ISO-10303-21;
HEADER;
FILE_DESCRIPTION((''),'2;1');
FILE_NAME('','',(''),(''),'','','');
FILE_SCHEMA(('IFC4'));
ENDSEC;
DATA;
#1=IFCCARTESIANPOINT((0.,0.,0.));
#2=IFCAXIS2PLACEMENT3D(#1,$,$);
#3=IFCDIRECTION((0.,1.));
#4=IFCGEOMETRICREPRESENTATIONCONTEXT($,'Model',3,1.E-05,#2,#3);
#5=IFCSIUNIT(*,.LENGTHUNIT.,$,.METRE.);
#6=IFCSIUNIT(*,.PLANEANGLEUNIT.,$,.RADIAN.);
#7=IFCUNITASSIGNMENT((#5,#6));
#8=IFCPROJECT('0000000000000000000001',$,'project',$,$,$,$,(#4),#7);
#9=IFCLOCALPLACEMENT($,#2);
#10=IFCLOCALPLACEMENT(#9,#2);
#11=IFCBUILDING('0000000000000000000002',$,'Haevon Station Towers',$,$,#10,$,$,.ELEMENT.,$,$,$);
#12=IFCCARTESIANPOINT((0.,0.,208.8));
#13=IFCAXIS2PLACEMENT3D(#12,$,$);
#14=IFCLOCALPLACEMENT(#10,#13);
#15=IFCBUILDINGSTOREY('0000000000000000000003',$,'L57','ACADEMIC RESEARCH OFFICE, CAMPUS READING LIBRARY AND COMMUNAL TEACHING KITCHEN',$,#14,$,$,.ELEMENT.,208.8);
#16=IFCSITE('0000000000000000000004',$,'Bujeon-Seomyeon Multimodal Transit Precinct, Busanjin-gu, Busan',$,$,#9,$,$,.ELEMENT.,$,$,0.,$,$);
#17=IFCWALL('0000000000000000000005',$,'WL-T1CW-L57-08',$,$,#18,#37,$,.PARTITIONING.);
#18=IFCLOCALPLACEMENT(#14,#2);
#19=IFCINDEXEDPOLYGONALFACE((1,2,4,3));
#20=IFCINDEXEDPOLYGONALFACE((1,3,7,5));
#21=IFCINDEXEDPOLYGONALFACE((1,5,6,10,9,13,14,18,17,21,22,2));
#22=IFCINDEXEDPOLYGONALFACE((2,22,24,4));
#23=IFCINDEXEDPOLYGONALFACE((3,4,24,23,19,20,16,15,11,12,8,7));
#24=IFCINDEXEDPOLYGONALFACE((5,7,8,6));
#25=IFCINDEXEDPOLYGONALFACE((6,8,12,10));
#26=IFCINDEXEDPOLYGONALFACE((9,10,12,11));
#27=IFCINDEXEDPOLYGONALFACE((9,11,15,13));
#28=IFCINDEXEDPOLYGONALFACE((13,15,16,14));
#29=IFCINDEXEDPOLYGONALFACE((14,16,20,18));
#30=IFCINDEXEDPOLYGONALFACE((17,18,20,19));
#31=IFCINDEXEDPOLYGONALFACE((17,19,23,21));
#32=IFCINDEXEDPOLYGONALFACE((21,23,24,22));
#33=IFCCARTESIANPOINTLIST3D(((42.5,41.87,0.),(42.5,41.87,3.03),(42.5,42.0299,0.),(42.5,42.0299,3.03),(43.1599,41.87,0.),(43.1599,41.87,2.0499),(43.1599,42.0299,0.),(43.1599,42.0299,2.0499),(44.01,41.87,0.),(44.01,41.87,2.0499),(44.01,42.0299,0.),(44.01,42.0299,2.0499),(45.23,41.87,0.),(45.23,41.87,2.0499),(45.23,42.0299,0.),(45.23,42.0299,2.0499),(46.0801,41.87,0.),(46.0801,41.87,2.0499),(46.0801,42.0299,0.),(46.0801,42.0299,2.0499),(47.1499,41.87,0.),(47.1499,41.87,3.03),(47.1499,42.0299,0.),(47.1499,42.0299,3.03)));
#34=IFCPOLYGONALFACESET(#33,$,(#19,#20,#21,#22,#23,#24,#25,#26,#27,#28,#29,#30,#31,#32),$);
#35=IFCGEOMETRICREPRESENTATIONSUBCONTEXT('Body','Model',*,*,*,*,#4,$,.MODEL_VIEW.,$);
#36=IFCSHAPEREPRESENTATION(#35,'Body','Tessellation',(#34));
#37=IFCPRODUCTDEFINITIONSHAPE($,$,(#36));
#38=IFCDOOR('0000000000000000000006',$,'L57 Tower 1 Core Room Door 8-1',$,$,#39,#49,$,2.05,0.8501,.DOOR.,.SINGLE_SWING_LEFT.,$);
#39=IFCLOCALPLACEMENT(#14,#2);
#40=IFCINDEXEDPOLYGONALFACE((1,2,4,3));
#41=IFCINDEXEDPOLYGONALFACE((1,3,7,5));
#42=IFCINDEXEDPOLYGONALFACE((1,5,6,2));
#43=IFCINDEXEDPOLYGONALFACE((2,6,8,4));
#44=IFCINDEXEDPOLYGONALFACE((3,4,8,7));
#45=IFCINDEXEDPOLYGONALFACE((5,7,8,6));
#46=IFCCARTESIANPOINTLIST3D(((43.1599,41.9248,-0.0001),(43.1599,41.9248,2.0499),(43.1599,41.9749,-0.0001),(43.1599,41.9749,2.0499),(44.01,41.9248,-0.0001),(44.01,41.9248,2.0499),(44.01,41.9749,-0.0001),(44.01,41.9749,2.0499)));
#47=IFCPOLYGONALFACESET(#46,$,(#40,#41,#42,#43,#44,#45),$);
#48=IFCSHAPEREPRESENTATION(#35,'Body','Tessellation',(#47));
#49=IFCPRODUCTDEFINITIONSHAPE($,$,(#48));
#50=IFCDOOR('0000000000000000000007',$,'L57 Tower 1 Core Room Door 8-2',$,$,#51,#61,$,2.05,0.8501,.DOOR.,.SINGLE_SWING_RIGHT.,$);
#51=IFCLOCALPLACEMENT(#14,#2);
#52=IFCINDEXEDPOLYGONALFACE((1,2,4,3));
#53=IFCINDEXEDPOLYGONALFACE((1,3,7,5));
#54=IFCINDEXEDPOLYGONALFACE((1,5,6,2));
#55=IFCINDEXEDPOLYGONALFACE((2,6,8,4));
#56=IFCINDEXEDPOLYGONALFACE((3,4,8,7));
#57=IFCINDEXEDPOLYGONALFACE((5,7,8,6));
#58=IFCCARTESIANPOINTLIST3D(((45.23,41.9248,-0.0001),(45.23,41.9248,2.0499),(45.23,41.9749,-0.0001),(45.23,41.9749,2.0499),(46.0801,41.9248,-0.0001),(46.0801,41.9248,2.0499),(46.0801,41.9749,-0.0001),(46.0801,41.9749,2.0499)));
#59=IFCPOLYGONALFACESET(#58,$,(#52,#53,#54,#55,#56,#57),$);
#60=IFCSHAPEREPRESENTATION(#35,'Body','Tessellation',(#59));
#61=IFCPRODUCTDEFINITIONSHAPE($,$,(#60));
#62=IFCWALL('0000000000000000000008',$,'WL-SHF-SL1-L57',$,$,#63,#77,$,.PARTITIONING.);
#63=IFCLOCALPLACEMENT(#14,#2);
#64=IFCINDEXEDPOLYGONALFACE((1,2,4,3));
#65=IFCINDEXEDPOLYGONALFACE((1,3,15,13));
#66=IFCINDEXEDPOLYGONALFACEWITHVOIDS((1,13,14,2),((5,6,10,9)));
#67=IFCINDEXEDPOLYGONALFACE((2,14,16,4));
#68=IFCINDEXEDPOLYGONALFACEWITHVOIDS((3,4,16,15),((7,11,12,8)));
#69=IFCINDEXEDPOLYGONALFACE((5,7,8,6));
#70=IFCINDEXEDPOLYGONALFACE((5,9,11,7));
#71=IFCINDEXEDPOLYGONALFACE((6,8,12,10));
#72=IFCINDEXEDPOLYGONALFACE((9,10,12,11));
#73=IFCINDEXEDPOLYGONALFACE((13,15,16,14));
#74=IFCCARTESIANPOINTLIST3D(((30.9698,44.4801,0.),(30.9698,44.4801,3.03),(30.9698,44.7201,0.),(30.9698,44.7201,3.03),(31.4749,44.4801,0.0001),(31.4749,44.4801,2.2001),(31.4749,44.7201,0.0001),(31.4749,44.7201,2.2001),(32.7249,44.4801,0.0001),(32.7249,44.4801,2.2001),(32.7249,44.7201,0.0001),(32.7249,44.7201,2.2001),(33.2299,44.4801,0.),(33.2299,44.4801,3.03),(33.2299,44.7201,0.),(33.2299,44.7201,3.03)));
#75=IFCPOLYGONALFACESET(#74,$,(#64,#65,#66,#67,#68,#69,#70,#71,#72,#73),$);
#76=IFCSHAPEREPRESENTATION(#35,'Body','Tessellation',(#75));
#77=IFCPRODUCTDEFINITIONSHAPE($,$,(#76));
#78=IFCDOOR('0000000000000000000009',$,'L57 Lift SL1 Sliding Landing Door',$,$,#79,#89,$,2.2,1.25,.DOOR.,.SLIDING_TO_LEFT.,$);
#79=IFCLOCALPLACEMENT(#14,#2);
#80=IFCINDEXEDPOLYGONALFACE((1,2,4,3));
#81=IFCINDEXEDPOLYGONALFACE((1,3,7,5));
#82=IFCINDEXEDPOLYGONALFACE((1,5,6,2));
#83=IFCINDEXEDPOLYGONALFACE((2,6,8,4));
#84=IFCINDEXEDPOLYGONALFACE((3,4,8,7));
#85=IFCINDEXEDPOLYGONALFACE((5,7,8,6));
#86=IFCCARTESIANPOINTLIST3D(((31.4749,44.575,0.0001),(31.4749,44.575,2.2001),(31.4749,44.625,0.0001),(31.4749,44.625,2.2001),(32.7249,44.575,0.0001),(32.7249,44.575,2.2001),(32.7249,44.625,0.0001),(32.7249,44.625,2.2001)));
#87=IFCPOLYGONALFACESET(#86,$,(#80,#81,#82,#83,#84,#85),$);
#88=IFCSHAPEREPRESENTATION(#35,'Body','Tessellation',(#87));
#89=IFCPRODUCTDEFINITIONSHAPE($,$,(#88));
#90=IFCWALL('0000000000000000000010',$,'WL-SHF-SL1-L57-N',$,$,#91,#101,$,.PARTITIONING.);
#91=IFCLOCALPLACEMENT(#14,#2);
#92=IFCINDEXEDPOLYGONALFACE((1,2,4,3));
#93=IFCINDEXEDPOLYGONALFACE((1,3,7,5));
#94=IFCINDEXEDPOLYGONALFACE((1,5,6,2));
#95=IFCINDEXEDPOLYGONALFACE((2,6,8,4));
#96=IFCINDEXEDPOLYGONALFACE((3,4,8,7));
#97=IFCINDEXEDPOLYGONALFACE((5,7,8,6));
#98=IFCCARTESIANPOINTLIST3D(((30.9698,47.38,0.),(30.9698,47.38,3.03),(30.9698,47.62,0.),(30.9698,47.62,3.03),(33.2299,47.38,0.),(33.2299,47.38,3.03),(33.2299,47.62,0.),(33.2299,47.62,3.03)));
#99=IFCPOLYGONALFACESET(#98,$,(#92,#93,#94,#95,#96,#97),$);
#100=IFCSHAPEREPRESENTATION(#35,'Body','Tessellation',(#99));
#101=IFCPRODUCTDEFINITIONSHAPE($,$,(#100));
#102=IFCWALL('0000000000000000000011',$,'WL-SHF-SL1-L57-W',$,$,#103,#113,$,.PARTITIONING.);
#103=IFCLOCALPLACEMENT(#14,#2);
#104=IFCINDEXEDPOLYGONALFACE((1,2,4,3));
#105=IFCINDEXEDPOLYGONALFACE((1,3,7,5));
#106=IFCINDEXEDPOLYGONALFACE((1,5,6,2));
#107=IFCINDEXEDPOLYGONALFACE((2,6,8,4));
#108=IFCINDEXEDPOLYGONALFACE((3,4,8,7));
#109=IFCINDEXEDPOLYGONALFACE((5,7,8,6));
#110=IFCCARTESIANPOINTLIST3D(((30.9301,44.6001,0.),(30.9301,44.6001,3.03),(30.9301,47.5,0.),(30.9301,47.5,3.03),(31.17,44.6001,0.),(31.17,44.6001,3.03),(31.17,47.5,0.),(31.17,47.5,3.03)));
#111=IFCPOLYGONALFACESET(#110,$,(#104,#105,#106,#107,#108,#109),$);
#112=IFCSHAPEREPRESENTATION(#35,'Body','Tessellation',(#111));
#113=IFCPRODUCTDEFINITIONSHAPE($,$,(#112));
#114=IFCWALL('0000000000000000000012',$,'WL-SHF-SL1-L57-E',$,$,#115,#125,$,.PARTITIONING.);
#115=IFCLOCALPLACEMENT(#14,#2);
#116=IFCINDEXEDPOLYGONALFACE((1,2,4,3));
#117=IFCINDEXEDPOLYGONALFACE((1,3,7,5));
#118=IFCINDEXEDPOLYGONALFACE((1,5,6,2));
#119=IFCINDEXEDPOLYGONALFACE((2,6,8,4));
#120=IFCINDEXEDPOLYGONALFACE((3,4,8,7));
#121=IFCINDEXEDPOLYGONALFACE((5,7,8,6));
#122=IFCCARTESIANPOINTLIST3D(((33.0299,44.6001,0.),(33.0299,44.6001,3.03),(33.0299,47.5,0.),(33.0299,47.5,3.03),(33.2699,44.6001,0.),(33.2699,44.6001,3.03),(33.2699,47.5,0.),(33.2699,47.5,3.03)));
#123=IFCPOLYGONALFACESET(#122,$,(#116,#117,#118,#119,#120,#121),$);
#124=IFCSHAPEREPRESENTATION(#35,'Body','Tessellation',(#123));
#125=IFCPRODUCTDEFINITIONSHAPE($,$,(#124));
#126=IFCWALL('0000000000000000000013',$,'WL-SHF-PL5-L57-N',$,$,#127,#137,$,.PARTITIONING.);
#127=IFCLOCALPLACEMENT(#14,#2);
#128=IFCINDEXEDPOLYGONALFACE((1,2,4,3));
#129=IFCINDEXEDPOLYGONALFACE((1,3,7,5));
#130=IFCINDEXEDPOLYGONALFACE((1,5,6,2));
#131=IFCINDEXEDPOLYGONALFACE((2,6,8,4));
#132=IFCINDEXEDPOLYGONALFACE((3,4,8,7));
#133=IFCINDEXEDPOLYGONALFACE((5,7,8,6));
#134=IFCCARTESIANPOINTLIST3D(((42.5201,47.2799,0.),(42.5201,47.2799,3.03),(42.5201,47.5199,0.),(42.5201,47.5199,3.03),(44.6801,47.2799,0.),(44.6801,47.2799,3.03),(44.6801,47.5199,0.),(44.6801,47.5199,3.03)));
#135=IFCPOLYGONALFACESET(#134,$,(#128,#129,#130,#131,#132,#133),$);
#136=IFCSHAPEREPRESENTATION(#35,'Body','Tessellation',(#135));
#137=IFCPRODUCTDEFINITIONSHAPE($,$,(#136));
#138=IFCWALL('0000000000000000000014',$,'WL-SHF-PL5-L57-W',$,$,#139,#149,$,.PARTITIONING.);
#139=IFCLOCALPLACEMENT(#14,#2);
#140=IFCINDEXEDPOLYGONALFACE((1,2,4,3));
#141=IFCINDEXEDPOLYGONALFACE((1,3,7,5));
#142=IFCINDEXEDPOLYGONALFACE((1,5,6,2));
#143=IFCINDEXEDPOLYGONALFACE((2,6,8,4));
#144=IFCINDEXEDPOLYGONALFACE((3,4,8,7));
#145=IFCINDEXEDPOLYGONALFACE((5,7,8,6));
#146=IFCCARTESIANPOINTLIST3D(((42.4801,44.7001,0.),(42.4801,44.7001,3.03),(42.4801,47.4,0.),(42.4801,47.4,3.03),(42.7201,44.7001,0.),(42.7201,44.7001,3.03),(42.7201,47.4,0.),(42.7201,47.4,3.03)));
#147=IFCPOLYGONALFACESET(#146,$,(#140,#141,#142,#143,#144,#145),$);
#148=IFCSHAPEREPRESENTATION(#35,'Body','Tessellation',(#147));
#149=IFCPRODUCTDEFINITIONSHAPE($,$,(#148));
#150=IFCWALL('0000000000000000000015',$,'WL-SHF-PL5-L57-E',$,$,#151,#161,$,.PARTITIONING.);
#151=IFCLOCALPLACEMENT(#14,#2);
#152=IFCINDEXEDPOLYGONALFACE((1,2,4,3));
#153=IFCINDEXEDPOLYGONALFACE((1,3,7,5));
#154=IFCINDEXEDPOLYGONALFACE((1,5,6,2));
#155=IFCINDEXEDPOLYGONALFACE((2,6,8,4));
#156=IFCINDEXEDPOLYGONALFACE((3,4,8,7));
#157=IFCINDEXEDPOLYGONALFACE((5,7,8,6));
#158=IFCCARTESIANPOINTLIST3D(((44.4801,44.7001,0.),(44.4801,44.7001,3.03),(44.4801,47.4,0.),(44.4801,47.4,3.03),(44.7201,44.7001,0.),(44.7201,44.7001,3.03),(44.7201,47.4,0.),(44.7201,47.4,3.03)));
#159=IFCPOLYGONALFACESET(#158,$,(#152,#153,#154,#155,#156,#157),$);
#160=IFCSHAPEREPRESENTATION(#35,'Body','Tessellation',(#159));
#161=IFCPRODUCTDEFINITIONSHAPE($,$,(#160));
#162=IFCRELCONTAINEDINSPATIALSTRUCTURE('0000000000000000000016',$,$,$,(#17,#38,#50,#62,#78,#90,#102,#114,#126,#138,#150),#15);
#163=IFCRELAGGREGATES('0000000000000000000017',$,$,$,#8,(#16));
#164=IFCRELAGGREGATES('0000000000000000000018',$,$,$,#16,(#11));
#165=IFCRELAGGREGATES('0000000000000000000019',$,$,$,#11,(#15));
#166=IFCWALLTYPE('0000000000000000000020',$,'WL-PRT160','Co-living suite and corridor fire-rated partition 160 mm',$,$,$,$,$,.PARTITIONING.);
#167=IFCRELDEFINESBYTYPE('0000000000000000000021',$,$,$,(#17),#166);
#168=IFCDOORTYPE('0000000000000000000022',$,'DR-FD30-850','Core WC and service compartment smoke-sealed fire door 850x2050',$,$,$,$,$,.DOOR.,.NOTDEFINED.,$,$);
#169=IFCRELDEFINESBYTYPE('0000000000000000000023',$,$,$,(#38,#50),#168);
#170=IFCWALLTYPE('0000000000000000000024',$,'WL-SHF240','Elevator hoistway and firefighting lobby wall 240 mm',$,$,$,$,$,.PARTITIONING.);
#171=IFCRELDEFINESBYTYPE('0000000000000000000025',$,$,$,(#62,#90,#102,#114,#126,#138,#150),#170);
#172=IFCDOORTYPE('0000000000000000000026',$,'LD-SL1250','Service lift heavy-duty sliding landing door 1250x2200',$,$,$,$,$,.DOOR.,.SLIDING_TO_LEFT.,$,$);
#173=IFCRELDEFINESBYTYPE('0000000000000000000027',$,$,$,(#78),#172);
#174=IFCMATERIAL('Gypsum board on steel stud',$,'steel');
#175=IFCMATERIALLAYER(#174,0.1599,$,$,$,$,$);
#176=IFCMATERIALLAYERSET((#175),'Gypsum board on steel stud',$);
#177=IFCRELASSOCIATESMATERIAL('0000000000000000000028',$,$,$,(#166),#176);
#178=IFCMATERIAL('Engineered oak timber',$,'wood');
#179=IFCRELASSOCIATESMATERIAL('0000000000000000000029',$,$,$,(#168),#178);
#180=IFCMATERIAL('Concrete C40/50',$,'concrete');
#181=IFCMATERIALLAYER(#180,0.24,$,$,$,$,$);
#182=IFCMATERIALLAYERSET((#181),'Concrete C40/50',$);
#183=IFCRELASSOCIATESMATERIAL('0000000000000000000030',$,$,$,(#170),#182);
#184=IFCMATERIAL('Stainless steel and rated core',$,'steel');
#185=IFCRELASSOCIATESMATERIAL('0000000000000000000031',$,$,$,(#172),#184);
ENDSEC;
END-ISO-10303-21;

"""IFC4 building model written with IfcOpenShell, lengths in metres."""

from ifc_helpers import new_model, si_unit, direction, frame, frame_2d, origin, place, context, subcontext, project, spatial, rectangle, extrude, material, layer, layer_set, type_object, element, fill, save


model = new_model("IFC4")

# Units and contexts
model_context = context("Model", 3, precision=1e-05, world=origin(), true_north=direction((0.0, 1.0)))
body_context = subcontext(model_context, "Body", "Model", "MODEL_VIEW")
ifc_project = project(units=[si_unit("LENGTHUNIT", "METRE"), si_unit("PLANEANGLEUNIT", "RADIAN")], contexts=[model_context])

# Site, building, storey
site_placement = place(None, origin())
site = spatial("IfcSite", under=ifc_project, at=site_placement, Name="Bujeon-Seomyeon Multimodal Transit Precinct, Busanjin-gu, Busan", CompositionType="ELEMENT", RefElevation=0.0)
building_placement = place(site_placement, origin())
building = spatial("IfcBuilding", under=site, at=building_placement, Name="Haevon Station Towers", CompositionType="ELEMENT")
storey_placement = place(building_placement, frame((0.0, 0.0, 208.8)))
storey = spatial("IfcBuildingStorey", under=building, at=storey_placement, Name="L57", Description="ACADEMIC RESEARCH OFFICE, CAMPUS READING LIBRARY AND COMMUNAL TEACHING KITCHEN", CompositionType="ELEMENT", Elevation=208.8)

# Shared definitions
ifc_material_1 = material(Name="Gypsum board on steel stud", Category="steel")
ifc_layer_1 = layer(ifc_material_1, 0.1599)
ifc_layer_set_1 = layer_set([ifc_layer_1], Name="Gypsum board on steel stud")
wall_type_1 = type_object("IfcWallType", Name="WL-PRT160", Description="Co-living suite and corridor fire-rated partition 160 mm", PredefinedType="PARTITIONING", material=ifc_layer_set_1)
ifc_material_2 = material(Name="Engineered oak timber", Category="wood")

# Wall, openings, doors
wall_1_placement = place(storey_placement, frame((42.5, 41.95, 0.0), z_axis=(0.0, 0.0, 1.0), x_axis=(1.0, 0.0, 0.0)))
wall_1 = element("IfcWall", 1, at=wall_1_placement, inside=storey, type_object=wall_type_1, Name="WL-T1CW-L57-08", PredefinedType="PARTITIONING", context=body_context, shape_type="SweptSolid", body=[
    extrude(rectangle(XDim=4.6499, YDim=0.1599, at=frame_2d((2.325, 0.0))), origin(), (0.0, 0.0, 1.0), 3.03),
])
opening_1_placement = place(wall_1_placement, frame((0.6599, 0.0, 0.0)))
opening_1 = element("IfcOpeningElement", 2, at=opening_1_placement, cuts=wall_1, PredefinedType="OPENING", context=body_context, shape_type="SweptSolid", body=[
    extrude(rectangle(XDim=0.8501, YDim=2.05, at=frame_2d((0.425, 1.0249))), frame((0.0, 0.0898, 0.0), z_axis=(0.0, -1.0, 0.0), x_axis=(1.0, 0.0, 0.0)), (0.0, 0.0, 1.0), 0.1799),
])
opening_2_placement = place(wall_1_placement, frame((2.73, 0.0, 0.0)))
opening_2 = element("IfcOpeningElement", 3, at=opening_2_placement, cuts=wall_1, PredefinedType="OPENING", context=body_context, shape_type="SweptSolid", body=[
    extrude(rectangle(XDim=0.8501, YDim=2.05, at=frame_2d((0.425, 1.0249))), frame((0.0, 0.0898, 0.0), z_axis=(0.0, -1.0, 0.0), x_axis=(1.0, 0.0, 0.0)), (0.0, 0.0, 1.0), 0.1799),
])
door_type_1 = type_object("IfcDoorType", Name="DR-FD30-850", Description="Core WC and service compartment smoke-sealed fire door 850x2050", OperationType="NOTDEFINED", PredefinedType="DOOR", material=ifc_material_2)
door_1_placement = place(opening_1_placement, origin())
door_1 = element("IfcDoor", 4, at=door_1_placement, inside=storey, type_object=door_type_1, Name="L57 Tower 1 Core Room Door 8-1", OperationType="SINGLE_SWING_LEFT", OverallHeight=2.05, OverallWidth=0.8501, PredefinedType="DOOR", context=body_context, shape_type="SweptSolid", body=[
    extrude(rectangle(XDim=0.8501, YDim=2.05, at=frame_2d((0.425, 1.0249))), frame((0.0, 0.0249, 0.0), z_axis=(0.0, -1.0, 0.0), x_axis=(1.0, 0.0, 0.0)), (0.0, 0.0, 1.0), 0.05),
])
fill(opening_1, door_1)
door_2_placement = place(opening_2_placement, origin())
door_2 = element("IfcDoor", 5, at=door_2_placement, inside=storey, type_object=door_type_1, Name="L57 Tower 1 Core Room Door 8-2", OperationType="SINGLE_SWING_RIGHT", OverallHeight=2.05, OverallWidth=0.8501, PredefinedType="DOOR", context=body_context, shape_type="SweptSolid", body=[
    extrude(rectangle(XDim=0.8501, YDim=2.05, at=frame_2d((0.425, 1.0249))), frame((0.0, 0.0249, 0.0), z_axis=(0.0, -1.0, 0.0), x_axis=(1.0, 0.0, 0.0)), (0.0, 0.0, 1.0), 0.05),
])
fill(opening_2, door_2)

# Wall, opening, door
ifc_material_3 = material(Name="Concrete C40/50", Category="concrete")
ifc_layer_2 = layer(ifc_material_3, 0.24)
ifc_layer_set_2 = layer_set([ifc_layer_2], Name="Concrete C40/50")
wall_type_2 = type_object("IfcWallType", Name="WL-SHF240", Description="Elevator hoistway and firefighting lobby wall 240 mm", PredefinedType="PARTITIONING", material=ifc_layer_set_2)
wall_2_placement = place(storey_placement, frame((30.97, 44.6001, 0.0), z_axis=(0.0, 0.0, 1.0), x_axis=(1.0, 0.0, 0.0)))
wall_2 = element("IfcWall", 6, at=wall_2_placement, inside=storey, type_object=wall_type_2, Name="WL-SHF-SL1-L57", PredefinedType="PARTITIONING", context=body_context, shape_type="SweptSolid", body=[
    extrude(rectangle(XDim=2.26, YDim=0.24, at=frame_2d((1.1299, 0.0))), origin(), (0.0, 0.0, 1.0), 3.03),
])
opening_3_placement = place(wall_2_placement, frame((0.5049, 0.0, 0.0)))
opening_3 = element("IfcOpeningElement", 7, at=opening_3_placement, cuts=wall_2, PredefinedType="OPENING", context=body_context, shape_type="SweptSolid", body=[
    extrude(rectangle(XDim=1.25, YDim=2.2, at=frame_2d((0.625, 1.1001))), frame((0.0, 0.1299, 0.0), z_axis=(0.0, -1.0, 0.0), x_axis=(1.0, 0.0, 0.0)), (0.0, 0.0, 1.0), 0.26),
])
ifc_material_4 = material(Name="Stainless steel and rated core", Category="steel")
door_type_2 = type_object("IfcDoorType", Name="LD-SL1250", Description="Service lift heavy-duty sliding landing door 1250x2200", OperationType="SLIDING_TO_LEFT", PredefinedType="DOOR", material=ifc_material_4)
door_3_placement = place(opening_3_placement, origin())
door_3 = element("IfcDoor", 8, at=door_3_placement, inside=storey, type_object=door_type_2, Name="L57 Lift SL1 Sliding Landing Door", OperationType="SLIDING_TO_LEFT", OverallHeight=2.2, OverallWidth=1.25, PredefinedType="DOOR", context=body_context, shape_type="SweptSolid", body=[
    extrude(rectangle(XDim=1.25, YDim=2.2, at=frame_2d((0.625, 1.1001))), frame((0.0, 0.0249, 0.0), z_axis=(0.0, -1.0, 0.0), x_axis=(1.0, 0.0, 0.0)), (0.0, 0.0, 1.0), 0.05),
])
fill(opening_3, door_3)

# Walls
wall_3_placement = place(storey_placement, frame((30.97, 47.5, 0.0), z_axis=(0.0, 0.0, 1.0), x_axis=(1.0, 0.0, 0.0)))
element("IfcWall", 9, at=wall_3_placement, inside=storey, type_object=wall_type_2, Name="WL-SHF-SL1-L57-N", PredefinedType="PARTITIONING", context=body_context, shape_type="SweptSolid", body=[
    extrude(rectangle(XDim=2.26, YDim=0.24, at=frame_2d((1.1299, 0.0))), origin(), (0.0, 0.0, 1.0), 3.03),
])
for number, where, z_axis, x_axis, name in (
    (10, (31.05, 44.6001, 0.0), (0.0, 0.0, 1.0), (0.0, 1.0, 0.0), "WL-SHF-SL1-L57-W"),
    (11, (33.1499, 44.6001, 0.0), (0.0, 0.0, 1.0), (0.0, 1.0, 0.0), "WL-SHF-SL1-L57-E"),
):
    element("IfcWall", number, at=place(storey_placement, frame(where, z_axis=z_axis, x_axis=x_axis)), inside=storey, type_object=wall_type_2, Name=name, PredefinedType="PARTITIONING", context=body_context, shape_type="SweptSolid", body=[
        extrude(rectangle(XDim=2.8999, YDim=0.24, at=frame_2d((1.45, 0.0))), origin(), (0.0, 0.0, 1.0), 3.03),
    ])

# Walls
wall_4_placement = place(storey_placement, frame((42.52, 47.3999, 0.0), z_axis=(0.0, 0.0, 1.0), x_axis=(1.0, 0.0, 0.0)))
element("IfcWall", 12, at=wall_4_placement, inside=storey, type_object=wall_type_2, Name="WL-SHF-PL5-L57-N", PredefinedType="PARTITIONING", context=body_context, shape_type="SweptSolid", body=[
    extrude(rectangle(XDim=2.1599, YDim=0.24, at=frame_2d((1.0801, 0.0))), origin(), (0.0, 0.0, 1.0), 3.03),
])
for number, where, z_axis, x_axis, name in (
    (13, (42.6001, 44.7, 0.0), (0.0, 0.0, 1.0), (0.0, 1.0, 0.0), "WL-SHF-PL5-L57-W"),
    (14, (44.6001, 44.7, 0.0), (0.0, 0.0, 1.0), (0.0, 1.0, 0.0), "WL-SHF-PL5-L57-E"),
):
    element("IfcWall", number, at=place(storey_placement, frame(where, z_axis=z_axis, x_axis=x_axis)), inside=storey, type_object=wall_type_2, Name=name, PredefinedType="PARTITIONING", context=body_context, shape_type="SweptSolid", body=[
        extrude(rectangle(XDim=2.7, YDim=0.24, at=frame_2d((1.3501, 0.0))), origin(), (0.0, 0.0, 1.0), 3.03),
    ])

save(model, "model.ifc")
